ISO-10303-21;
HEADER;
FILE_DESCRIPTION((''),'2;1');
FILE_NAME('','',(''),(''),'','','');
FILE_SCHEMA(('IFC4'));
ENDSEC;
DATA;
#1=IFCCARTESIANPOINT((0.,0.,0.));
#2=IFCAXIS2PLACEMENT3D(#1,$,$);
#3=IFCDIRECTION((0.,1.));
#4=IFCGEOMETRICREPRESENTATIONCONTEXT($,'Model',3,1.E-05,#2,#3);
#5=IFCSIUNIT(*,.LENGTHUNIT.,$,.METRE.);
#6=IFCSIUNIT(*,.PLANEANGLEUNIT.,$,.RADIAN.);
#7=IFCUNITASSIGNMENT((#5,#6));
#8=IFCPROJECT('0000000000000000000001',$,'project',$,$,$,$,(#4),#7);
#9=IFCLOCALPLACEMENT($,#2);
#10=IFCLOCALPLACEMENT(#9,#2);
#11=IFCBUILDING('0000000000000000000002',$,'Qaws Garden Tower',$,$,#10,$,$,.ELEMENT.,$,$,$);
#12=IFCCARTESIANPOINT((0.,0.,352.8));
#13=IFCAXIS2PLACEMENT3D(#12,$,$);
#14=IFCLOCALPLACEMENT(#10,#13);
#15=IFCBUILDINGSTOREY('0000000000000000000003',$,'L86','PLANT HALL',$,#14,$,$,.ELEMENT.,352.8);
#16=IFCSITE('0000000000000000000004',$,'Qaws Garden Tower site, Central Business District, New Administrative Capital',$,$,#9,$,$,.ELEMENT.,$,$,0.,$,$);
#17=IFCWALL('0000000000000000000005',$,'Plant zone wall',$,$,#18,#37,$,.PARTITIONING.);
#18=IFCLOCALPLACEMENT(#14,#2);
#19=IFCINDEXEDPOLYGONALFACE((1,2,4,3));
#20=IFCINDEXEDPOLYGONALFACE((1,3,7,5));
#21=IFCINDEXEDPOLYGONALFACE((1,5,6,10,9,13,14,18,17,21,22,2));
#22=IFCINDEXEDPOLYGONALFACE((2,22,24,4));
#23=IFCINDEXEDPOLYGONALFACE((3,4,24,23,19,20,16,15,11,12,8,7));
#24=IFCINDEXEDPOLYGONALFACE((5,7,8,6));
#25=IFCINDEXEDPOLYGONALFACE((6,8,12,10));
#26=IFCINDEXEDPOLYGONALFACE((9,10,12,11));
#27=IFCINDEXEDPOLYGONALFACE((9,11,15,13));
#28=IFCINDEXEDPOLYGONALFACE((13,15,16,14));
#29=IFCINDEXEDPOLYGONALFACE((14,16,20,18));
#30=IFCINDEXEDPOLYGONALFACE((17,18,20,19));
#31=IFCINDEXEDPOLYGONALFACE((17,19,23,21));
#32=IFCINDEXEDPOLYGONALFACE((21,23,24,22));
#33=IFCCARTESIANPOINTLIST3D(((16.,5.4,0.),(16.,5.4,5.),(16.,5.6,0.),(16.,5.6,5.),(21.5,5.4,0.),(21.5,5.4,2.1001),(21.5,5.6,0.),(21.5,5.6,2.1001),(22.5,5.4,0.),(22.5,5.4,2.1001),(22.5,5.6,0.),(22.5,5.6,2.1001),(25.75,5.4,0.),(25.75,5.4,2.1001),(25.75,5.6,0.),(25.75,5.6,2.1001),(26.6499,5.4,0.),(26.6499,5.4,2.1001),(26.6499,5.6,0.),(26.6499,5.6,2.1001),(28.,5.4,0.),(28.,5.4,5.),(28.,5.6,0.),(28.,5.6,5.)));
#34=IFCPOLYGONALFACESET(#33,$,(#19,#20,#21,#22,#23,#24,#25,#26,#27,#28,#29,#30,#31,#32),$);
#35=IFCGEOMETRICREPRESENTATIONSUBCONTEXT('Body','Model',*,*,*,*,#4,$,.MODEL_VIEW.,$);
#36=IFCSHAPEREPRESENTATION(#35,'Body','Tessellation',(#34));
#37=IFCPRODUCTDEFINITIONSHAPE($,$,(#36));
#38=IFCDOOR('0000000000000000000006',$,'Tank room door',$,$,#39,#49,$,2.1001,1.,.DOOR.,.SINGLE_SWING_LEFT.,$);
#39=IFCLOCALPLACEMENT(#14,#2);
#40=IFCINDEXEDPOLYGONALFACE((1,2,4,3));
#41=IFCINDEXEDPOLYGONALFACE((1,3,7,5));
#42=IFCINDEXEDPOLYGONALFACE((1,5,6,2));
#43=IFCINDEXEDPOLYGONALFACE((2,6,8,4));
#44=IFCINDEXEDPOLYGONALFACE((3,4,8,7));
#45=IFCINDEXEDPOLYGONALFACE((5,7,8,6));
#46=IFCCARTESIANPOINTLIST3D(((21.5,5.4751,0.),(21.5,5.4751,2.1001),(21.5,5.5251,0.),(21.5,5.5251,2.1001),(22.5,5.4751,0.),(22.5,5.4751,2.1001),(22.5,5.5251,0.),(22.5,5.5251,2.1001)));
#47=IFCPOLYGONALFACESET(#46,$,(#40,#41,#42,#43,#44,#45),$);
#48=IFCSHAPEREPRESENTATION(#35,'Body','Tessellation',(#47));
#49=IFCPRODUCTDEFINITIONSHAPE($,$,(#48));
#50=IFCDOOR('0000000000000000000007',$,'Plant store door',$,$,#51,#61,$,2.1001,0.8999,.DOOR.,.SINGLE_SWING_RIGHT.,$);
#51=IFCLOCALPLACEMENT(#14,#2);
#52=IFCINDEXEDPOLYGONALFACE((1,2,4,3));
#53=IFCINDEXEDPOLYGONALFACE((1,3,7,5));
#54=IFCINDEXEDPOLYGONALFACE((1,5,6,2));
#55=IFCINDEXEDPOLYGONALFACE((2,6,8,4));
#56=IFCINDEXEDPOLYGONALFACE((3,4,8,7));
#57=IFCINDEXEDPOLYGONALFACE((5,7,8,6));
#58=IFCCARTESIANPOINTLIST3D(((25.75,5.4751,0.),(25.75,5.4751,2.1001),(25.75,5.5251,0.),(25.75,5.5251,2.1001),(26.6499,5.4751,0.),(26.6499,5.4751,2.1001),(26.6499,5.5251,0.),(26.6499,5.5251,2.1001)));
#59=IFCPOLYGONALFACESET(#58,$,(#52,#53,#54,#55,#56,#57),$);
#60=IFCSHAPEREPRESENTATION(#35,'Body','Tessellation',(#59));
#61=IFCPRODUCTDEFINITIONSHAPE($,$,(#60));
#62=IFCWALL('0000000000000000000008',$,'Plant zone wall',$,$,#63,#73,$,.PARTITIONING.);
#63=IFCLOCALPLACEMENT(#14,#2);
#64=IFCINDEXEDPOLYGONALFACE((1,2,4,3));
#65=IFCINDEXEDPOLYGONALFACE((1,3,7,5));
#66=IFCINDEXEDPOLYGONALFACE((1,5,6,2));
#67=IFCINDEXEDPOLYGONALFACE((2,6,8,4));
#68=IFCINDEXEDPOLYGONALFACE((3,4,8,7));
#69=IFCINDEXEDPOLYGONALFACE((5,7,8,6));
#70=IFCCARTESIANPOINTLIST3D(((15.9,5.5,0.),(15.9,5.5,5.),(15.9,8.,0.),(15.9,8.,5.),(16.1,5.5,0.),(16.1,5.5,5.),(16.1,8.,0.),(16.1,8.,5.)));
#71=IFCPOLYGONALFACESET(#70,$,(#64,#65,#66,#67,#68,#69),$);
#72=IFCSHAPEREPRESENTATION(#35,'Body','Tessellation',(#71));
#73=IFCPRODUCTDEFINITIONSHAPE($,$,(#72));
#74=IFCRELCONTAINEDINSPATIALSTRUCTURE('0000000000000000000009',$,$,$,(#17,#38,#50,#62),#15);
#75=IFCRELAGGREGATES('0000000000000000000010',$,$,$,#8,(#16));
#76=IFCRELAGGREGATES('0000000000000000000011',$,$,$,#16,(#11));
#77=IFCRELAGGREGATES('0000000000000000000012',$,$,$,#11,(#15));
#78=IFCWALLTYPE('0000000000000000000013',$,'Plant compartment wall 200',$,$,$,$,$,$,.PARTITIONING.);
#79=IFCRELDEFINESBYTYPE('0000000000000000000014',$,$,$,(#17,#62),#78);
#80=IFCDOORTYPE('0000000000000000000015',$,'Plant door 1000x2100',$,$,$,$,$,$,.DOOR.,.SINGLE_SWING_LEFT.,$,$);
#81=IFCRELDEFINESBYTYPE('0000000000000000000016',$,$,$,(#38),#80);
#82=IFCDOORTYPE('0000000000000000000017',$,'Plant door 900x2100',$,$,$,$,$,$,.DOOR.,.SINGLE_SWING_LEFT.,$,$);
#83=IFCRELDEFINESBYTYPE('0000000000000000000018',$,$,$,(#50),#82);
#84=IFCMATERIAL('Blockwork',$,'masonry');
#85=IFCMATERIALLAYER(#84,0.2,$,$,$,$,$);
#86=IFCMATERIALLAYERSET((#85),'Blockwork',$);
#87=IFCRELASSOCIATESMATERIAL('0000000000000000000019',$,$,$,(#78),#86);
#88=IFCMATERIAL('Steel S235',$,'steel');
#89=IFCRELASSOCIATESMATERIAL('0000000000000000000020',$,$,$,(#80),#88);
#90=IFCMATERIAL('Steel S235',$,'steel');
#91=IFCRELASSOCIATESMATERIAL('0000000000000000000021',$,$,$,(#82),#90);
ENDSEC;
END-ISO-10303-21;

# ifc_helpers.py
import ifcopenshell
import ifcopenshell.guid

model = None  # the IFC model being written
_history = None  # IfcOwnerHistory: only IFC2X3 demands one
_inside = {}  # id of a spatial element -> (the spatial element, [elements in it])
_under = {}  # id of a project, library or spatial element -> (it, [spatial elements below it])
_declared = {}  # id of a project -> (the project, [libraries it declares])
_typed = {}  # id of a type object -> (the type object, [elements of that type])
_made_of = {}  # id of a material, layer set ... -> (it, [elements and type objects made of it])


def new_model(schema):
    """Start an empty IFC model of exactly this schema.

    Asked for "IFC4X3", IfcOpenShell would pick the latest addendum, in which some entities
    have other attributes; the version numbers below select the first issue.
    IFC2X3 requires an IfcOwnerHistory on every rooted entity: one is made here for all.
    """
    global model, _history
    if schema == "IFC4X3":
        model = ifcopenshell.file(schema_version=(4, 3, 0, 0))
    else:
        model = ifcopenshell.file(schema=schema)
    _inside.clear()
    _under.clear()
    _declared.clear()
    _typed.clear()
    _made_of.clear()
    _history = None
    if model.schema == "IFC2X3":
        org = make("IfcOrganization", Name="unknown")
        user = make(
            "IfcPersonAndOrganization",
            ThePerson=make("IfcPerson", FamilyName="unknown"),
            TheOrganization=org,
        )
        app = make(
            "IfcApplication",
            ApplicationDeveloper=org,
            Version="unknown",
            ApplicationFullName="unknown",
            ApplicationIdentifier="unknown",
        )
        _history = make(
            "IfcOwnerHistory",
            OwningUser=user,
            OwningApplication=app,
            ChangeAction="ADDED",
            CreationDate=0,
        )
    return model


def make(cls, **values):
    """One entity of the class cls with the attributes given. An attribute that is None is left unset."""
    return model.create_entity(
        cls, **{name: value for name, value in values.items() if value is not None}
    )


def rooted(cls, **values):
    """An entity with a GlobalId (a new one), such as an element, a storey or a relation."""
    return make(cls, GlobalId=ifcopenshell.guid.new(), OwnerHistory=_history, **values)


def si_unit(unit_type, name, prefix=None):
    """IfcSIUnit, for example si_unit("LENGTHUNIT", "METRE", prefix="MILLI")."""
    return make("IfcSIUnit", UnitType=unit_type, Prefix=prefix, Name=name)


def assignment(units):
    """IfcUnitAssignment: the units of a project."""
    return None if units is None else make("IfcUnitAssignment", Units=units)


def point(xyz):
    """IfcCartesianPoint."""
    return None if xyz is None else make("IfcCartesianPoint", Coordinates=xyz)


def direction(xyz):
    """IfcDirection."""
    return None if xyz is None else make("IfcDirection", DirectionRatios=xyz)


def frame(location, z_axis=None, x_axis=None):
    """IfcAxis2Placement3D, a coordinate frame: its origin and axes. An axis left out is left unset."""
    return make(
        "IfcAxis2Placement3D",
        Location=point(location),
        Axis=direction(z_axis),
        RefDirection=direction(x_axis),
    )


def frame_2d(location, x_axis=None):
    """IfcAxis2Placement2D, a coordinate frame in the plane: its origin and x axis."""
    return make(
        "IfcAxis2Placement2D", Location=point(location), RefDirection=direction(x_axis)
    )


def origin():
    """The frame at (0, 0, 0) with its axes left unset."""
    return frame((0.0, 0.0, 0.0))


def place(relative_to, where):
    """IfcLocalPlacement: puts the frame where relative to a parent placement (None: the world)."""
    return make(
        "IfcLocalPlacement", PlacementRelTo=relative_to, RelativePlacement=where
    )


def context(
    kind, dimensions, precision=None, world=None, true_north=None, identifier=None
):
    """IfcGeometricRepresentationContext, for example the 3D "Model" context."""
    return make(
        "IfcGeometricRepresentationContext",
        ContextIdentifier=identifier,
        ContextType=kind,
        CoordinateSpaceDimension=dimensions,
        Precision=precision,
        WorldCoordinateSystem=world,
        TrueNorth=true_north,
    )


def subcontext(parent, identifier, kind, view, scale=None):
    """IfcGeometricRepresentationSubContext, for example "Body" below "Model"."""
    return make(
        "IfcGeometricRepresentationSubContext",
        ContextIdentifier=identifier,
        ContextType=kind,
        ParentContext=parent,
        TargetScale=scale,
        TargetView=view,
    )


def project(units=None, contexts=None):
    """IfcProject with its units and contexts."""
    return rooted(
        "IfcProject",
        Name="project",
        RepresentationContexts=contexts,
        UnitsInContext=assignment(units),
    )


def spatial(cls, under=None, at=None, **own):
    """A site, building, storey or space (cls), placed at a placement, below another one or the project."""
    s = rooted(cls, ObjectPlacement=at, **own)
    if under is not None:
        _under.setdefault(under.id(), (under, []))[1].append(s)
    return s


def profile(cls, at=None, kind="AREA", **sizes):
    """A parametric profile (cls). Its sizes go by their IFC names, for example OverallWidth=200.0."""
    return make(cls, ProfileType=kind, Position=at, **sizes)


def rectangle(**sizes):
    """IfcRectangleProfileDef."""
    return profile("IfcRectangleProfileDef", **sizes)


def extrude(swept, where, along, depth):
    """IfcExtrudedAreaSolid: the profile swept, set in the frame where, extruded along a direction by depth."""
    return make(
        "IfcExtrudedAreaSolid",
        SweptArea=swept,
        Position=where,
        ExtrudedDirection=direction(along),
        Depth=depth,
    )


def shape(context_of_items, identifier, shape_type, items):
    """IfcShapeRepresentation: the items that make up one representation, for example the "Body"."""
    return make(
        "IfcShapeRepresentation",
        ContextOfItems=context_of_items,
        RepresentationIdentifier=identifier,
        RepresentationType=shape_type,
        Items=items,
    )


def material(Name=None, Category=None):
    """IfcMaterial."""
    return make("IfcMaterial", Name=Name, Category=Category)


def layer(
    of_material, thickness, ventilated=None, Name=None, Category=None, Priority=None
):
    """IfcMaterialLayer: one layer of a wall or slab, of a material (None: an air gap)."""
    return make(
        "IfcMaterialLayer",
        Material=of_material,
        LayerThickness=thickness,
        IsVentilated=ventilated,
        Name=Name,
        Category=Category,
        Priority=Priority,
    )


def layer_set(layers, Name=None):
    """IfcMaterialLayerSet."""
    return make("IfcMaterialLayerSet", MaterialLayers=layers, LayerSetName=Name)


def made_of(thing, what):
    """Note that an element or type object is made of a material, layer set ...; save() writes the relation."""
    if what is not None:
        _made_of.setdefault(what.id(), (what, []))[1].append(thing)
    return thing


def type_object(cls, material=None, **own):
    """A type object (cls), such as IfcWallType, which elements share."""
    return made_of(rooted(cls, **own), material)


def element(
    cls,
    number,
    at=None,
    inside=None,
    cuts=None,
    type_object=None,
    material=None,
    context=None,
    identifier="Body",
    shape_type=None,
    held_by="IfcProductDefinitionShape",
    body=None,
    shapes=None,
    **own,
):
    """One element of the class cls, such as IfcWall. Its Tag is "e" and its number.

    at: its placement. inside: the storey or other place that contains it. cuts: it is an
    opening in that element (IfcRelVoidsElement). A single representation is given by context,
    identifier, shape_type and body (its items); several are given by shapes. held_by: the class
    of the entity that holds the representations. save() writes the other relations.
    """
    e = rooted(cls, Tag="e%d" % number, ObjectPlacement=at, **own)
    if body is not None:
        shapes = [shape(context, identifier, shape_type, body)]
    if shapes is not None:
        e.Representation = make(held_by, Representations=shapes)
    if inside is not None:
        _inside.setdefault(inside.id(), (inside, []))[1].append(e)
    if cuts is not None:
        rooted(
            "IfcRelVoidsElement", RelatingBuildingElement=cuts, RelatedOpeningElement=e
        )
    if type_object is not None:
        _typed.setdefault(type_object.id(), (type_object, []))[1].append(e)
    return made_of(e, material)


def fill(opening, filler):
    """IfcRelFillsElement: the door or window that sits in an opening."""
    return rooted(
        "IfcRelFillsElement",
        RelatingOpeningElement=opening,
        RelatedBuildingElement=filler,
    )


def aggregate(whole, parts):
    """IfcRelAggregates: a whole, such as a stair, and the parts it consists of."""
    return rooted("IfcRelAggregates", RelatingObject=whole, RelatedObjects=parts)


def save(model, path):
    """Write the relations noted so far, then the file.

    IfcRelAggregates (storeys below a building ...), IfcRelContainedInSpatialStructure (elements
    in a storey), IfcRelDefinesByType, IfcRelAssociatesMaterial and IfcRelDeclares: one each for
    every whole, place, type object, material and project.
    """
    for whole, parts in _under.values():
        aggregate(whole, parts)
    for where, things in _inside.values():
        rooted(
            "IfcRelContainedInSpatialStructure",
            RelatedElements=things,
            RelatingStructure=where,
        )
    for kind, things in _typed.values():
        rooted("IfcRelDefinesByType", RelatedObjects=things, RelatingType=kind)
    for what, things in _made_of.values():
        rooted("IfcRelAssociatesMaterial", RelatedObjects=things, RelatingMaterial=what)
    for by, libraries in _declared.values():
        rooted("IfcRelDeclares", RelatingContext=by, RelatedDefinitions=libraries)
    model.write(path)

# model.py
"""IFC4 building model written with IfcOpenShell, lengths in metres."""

from ifc_helpers import new_model, si_unit, direction, frame, frame_2d, origin, place, context, subcontext, project, spatial, rectangle, extrude, material, layer, layer_set, type_object, element, fill, save


model = new_model("IFC4")

# Units and contexts
model_context = context("Model", 3, precision=1e-05, world=origin(), true_north=direction((0.0, 1.0)))
body_context = subcontext(model_context, "Body", "Model", "MODEL_VIEW")
ifc_project = project(units=[si_unit("LENGTHUNIT", "METRE"), si_unit("PLANEANGLEUNIT", "RADIAN")], contexts=[model_context])

# Site, building, storey
site_placement = place(None, origin())
site = spatial("IfcSite", under=ifc_project, at=site_placement, Name="Qaws Garden Tower site, Central Business District, New Administrative Capital", CompositionType="ELEMENT", RefElevation=0.0)
building_placement = place(site_placement, origin())
building = spatial("IfcBuilding", under=site, at=building_placement, Name="Qaws Garden Tower", CompositionType="ELEMENT")
storey_placement = place(building_placement, frame((0.0, 0.0, 352.8)))
storey = spatial("IfcBuildingStorey", under=building, at=storey_placement, Name="L86", Description="PLANT HALL", CompositionType="ELEMENT", Elevation=352.8)

# Wall, openings, doors
ifc_material_1 = material(Name="Blockwork", Category="masonry")
ifc_layer_1 = layer(ifc_material_1, 0.2)
ifc_layer_set_1 = layer_set([ifc_layer_1], Name="Blockwork")
wall_type_1 = type_object("IfcWallType", Name="Plant compartment wall 200", PredefinedType="PARTITIONING", material=ifc_layer_set_1)
wall_1_placement = place(storey_placement, frame((16.0, 5.5, 0.0), z_axis=(0.0, 0.0, 1.0), x_axis=(1.0, 0.0, 0.0)))
wall_1 = element("IfcWall", 1, at=wall_1_placement, inside=storey, type_object=wall_type_1, Name="Plant zone wall", PredefinedType="PARTITIONING", context=body_context, shape_type="SweptSolid", body=[
    extrude(rectangle(XDim=12.0, YDim=0.2, at=frame_2d((6.0, 0.0))), origin(), (0.0, 0.0, 1.0), 5.0),
])
opening_1_placement = place(wall_1_placement, frame((5.5, 0.0, 0.0)))
opening_1 = element("IfcOpeningElement", 2, at=opening_1_placement, cuts=wall_1, PredefinedType="OPENING", context=body_context, shape_type="SweptSolid", body=[
    extrude(rectangle(XDim=1.0, YDim=2.1001, at=frame_2d((0.5, 1.05))), frame((0.0, 0.1099, 0.0), z_axis=(0.0, -1.0, 0.0), x_axis=(1.0, 0.0, 0.0)), (0.0, 0.0, 1.0), 0.22),
])
opening_2_placement = place(wall_1_placement, frame((9.75, 0.0, 0.0)))
opening_2 = element("IfcOpeningElement", 3, at=opening_2_placement, cuts=wall_1, PredefinedType="OPENING", context=body_context, shape_type="SweptSolid", body=[
    extrude(rectangle(XDim=0.8999, YDim=2.1001, at=frame_2d((0.45, 1.05))), frame((0.0, 0.1099, 0.0), z_axis=(0.0, -1.0, 0.0), x_axis=(1.0, 0.0, 0.0)), (0.0, 0.0, 1.0), 0.22),
])
ifc_material_2 = material(Name="Steel S235", Category="steel")
door_type_1 = type_object("IfcDoorType", Name="Plant door 1000x2100", OperationType="SINGLE_SWING_LEFT", PredefinedType="DOOR", material=ifc_material_2)
door_1_placement = place(opening_1_placement, frame((1.0, 0.0, 0.0), z_axis=(0.0, 0.0, 1.0), x_axis=(-1.0, 0.0, 0.0)))
door_1 = element("IfcDoor", 4, at=door_1_placement, inside=storey, type_object=door_type_1, Name="Tank room door", OperationType="SINGLE_SWING_LEFT", OverallHeight=2.1001, OverallWidth=1.0, PredefinedType="DOOR", context=body_context, shape_type="SweptSolid", body=[
    extrude(rectangle(XDim=1.0, YDim=2.1001, at=frame_2d((0.5, 1.05))), frame((0.0, 0.0249, 0.0), z_axis=(0.0, -1.0, 0.0), x_axis=(1.0, 0.0, 0.0)), (0.0, 0.0, 1.0), 0.05),
])
fill(opening_1, door_1)
ifc_material_3 = material(Name="Steel S235", Category="steel")
door_type_2 = type_object("IfcDoorType", Name="Plant door 900x2100", OperationType="SINGLE_SWING_LEFT", PredefinedType="DOOR", material=ifc_material_3)
door_2_placement = place(opening_2_placement, frame((0.8999, 0.0, 0.0), z_axis=(0.0, 0.0, 1.0), x_axis=(-1.0, 0.0, 0.0)))
door_2 = element("IfcDoor", 5, at=door_2_placement, inside=storey, type_object=door_type_2, Name="Plant store door", OperationType="SINGLE_SWING_RIGHT", OverallHeight=2.1001, OverallWidth=0.8999, PredefinedType="DOOR", context=body_context, shape_type="SweptSolid", body=[
    extrude(rectangle(XDim=0.8999, YDim=2.1001, at=frame_2d((0.45, 1.05))), frame((0.0, 0.0249, 0.0), z_axis=(0.0, -1.0, 0.0), x_axis=(1.0, 0.0, 0.0)), (0.0, 0.0, 1.0), 0.05),
])
fill(opening_2, door_2)

# Wall
wall_2_placement = place(storey_placement, frame((16.0, 5.5, 0.0), z_axis=(0.0, 0.0, 1.0), x_axis=(0.0, 1.0, 0.0)))
element("IfcWall", 6, at=wall_2_placement, inside=storey, type_object=wall_type_1, Name="Plant zone wall", PredefinedType="PARTITIONING", context=body_context, shape_type="SweptSolid", body=[
    extrude(rectangle(XDim=2.5, YDim=0.2, at=frame_2d((1.25, 0.0))), origin(), (0.0, 0.0, 1.0), 5.0),
])

save(model, "model.ifc")
